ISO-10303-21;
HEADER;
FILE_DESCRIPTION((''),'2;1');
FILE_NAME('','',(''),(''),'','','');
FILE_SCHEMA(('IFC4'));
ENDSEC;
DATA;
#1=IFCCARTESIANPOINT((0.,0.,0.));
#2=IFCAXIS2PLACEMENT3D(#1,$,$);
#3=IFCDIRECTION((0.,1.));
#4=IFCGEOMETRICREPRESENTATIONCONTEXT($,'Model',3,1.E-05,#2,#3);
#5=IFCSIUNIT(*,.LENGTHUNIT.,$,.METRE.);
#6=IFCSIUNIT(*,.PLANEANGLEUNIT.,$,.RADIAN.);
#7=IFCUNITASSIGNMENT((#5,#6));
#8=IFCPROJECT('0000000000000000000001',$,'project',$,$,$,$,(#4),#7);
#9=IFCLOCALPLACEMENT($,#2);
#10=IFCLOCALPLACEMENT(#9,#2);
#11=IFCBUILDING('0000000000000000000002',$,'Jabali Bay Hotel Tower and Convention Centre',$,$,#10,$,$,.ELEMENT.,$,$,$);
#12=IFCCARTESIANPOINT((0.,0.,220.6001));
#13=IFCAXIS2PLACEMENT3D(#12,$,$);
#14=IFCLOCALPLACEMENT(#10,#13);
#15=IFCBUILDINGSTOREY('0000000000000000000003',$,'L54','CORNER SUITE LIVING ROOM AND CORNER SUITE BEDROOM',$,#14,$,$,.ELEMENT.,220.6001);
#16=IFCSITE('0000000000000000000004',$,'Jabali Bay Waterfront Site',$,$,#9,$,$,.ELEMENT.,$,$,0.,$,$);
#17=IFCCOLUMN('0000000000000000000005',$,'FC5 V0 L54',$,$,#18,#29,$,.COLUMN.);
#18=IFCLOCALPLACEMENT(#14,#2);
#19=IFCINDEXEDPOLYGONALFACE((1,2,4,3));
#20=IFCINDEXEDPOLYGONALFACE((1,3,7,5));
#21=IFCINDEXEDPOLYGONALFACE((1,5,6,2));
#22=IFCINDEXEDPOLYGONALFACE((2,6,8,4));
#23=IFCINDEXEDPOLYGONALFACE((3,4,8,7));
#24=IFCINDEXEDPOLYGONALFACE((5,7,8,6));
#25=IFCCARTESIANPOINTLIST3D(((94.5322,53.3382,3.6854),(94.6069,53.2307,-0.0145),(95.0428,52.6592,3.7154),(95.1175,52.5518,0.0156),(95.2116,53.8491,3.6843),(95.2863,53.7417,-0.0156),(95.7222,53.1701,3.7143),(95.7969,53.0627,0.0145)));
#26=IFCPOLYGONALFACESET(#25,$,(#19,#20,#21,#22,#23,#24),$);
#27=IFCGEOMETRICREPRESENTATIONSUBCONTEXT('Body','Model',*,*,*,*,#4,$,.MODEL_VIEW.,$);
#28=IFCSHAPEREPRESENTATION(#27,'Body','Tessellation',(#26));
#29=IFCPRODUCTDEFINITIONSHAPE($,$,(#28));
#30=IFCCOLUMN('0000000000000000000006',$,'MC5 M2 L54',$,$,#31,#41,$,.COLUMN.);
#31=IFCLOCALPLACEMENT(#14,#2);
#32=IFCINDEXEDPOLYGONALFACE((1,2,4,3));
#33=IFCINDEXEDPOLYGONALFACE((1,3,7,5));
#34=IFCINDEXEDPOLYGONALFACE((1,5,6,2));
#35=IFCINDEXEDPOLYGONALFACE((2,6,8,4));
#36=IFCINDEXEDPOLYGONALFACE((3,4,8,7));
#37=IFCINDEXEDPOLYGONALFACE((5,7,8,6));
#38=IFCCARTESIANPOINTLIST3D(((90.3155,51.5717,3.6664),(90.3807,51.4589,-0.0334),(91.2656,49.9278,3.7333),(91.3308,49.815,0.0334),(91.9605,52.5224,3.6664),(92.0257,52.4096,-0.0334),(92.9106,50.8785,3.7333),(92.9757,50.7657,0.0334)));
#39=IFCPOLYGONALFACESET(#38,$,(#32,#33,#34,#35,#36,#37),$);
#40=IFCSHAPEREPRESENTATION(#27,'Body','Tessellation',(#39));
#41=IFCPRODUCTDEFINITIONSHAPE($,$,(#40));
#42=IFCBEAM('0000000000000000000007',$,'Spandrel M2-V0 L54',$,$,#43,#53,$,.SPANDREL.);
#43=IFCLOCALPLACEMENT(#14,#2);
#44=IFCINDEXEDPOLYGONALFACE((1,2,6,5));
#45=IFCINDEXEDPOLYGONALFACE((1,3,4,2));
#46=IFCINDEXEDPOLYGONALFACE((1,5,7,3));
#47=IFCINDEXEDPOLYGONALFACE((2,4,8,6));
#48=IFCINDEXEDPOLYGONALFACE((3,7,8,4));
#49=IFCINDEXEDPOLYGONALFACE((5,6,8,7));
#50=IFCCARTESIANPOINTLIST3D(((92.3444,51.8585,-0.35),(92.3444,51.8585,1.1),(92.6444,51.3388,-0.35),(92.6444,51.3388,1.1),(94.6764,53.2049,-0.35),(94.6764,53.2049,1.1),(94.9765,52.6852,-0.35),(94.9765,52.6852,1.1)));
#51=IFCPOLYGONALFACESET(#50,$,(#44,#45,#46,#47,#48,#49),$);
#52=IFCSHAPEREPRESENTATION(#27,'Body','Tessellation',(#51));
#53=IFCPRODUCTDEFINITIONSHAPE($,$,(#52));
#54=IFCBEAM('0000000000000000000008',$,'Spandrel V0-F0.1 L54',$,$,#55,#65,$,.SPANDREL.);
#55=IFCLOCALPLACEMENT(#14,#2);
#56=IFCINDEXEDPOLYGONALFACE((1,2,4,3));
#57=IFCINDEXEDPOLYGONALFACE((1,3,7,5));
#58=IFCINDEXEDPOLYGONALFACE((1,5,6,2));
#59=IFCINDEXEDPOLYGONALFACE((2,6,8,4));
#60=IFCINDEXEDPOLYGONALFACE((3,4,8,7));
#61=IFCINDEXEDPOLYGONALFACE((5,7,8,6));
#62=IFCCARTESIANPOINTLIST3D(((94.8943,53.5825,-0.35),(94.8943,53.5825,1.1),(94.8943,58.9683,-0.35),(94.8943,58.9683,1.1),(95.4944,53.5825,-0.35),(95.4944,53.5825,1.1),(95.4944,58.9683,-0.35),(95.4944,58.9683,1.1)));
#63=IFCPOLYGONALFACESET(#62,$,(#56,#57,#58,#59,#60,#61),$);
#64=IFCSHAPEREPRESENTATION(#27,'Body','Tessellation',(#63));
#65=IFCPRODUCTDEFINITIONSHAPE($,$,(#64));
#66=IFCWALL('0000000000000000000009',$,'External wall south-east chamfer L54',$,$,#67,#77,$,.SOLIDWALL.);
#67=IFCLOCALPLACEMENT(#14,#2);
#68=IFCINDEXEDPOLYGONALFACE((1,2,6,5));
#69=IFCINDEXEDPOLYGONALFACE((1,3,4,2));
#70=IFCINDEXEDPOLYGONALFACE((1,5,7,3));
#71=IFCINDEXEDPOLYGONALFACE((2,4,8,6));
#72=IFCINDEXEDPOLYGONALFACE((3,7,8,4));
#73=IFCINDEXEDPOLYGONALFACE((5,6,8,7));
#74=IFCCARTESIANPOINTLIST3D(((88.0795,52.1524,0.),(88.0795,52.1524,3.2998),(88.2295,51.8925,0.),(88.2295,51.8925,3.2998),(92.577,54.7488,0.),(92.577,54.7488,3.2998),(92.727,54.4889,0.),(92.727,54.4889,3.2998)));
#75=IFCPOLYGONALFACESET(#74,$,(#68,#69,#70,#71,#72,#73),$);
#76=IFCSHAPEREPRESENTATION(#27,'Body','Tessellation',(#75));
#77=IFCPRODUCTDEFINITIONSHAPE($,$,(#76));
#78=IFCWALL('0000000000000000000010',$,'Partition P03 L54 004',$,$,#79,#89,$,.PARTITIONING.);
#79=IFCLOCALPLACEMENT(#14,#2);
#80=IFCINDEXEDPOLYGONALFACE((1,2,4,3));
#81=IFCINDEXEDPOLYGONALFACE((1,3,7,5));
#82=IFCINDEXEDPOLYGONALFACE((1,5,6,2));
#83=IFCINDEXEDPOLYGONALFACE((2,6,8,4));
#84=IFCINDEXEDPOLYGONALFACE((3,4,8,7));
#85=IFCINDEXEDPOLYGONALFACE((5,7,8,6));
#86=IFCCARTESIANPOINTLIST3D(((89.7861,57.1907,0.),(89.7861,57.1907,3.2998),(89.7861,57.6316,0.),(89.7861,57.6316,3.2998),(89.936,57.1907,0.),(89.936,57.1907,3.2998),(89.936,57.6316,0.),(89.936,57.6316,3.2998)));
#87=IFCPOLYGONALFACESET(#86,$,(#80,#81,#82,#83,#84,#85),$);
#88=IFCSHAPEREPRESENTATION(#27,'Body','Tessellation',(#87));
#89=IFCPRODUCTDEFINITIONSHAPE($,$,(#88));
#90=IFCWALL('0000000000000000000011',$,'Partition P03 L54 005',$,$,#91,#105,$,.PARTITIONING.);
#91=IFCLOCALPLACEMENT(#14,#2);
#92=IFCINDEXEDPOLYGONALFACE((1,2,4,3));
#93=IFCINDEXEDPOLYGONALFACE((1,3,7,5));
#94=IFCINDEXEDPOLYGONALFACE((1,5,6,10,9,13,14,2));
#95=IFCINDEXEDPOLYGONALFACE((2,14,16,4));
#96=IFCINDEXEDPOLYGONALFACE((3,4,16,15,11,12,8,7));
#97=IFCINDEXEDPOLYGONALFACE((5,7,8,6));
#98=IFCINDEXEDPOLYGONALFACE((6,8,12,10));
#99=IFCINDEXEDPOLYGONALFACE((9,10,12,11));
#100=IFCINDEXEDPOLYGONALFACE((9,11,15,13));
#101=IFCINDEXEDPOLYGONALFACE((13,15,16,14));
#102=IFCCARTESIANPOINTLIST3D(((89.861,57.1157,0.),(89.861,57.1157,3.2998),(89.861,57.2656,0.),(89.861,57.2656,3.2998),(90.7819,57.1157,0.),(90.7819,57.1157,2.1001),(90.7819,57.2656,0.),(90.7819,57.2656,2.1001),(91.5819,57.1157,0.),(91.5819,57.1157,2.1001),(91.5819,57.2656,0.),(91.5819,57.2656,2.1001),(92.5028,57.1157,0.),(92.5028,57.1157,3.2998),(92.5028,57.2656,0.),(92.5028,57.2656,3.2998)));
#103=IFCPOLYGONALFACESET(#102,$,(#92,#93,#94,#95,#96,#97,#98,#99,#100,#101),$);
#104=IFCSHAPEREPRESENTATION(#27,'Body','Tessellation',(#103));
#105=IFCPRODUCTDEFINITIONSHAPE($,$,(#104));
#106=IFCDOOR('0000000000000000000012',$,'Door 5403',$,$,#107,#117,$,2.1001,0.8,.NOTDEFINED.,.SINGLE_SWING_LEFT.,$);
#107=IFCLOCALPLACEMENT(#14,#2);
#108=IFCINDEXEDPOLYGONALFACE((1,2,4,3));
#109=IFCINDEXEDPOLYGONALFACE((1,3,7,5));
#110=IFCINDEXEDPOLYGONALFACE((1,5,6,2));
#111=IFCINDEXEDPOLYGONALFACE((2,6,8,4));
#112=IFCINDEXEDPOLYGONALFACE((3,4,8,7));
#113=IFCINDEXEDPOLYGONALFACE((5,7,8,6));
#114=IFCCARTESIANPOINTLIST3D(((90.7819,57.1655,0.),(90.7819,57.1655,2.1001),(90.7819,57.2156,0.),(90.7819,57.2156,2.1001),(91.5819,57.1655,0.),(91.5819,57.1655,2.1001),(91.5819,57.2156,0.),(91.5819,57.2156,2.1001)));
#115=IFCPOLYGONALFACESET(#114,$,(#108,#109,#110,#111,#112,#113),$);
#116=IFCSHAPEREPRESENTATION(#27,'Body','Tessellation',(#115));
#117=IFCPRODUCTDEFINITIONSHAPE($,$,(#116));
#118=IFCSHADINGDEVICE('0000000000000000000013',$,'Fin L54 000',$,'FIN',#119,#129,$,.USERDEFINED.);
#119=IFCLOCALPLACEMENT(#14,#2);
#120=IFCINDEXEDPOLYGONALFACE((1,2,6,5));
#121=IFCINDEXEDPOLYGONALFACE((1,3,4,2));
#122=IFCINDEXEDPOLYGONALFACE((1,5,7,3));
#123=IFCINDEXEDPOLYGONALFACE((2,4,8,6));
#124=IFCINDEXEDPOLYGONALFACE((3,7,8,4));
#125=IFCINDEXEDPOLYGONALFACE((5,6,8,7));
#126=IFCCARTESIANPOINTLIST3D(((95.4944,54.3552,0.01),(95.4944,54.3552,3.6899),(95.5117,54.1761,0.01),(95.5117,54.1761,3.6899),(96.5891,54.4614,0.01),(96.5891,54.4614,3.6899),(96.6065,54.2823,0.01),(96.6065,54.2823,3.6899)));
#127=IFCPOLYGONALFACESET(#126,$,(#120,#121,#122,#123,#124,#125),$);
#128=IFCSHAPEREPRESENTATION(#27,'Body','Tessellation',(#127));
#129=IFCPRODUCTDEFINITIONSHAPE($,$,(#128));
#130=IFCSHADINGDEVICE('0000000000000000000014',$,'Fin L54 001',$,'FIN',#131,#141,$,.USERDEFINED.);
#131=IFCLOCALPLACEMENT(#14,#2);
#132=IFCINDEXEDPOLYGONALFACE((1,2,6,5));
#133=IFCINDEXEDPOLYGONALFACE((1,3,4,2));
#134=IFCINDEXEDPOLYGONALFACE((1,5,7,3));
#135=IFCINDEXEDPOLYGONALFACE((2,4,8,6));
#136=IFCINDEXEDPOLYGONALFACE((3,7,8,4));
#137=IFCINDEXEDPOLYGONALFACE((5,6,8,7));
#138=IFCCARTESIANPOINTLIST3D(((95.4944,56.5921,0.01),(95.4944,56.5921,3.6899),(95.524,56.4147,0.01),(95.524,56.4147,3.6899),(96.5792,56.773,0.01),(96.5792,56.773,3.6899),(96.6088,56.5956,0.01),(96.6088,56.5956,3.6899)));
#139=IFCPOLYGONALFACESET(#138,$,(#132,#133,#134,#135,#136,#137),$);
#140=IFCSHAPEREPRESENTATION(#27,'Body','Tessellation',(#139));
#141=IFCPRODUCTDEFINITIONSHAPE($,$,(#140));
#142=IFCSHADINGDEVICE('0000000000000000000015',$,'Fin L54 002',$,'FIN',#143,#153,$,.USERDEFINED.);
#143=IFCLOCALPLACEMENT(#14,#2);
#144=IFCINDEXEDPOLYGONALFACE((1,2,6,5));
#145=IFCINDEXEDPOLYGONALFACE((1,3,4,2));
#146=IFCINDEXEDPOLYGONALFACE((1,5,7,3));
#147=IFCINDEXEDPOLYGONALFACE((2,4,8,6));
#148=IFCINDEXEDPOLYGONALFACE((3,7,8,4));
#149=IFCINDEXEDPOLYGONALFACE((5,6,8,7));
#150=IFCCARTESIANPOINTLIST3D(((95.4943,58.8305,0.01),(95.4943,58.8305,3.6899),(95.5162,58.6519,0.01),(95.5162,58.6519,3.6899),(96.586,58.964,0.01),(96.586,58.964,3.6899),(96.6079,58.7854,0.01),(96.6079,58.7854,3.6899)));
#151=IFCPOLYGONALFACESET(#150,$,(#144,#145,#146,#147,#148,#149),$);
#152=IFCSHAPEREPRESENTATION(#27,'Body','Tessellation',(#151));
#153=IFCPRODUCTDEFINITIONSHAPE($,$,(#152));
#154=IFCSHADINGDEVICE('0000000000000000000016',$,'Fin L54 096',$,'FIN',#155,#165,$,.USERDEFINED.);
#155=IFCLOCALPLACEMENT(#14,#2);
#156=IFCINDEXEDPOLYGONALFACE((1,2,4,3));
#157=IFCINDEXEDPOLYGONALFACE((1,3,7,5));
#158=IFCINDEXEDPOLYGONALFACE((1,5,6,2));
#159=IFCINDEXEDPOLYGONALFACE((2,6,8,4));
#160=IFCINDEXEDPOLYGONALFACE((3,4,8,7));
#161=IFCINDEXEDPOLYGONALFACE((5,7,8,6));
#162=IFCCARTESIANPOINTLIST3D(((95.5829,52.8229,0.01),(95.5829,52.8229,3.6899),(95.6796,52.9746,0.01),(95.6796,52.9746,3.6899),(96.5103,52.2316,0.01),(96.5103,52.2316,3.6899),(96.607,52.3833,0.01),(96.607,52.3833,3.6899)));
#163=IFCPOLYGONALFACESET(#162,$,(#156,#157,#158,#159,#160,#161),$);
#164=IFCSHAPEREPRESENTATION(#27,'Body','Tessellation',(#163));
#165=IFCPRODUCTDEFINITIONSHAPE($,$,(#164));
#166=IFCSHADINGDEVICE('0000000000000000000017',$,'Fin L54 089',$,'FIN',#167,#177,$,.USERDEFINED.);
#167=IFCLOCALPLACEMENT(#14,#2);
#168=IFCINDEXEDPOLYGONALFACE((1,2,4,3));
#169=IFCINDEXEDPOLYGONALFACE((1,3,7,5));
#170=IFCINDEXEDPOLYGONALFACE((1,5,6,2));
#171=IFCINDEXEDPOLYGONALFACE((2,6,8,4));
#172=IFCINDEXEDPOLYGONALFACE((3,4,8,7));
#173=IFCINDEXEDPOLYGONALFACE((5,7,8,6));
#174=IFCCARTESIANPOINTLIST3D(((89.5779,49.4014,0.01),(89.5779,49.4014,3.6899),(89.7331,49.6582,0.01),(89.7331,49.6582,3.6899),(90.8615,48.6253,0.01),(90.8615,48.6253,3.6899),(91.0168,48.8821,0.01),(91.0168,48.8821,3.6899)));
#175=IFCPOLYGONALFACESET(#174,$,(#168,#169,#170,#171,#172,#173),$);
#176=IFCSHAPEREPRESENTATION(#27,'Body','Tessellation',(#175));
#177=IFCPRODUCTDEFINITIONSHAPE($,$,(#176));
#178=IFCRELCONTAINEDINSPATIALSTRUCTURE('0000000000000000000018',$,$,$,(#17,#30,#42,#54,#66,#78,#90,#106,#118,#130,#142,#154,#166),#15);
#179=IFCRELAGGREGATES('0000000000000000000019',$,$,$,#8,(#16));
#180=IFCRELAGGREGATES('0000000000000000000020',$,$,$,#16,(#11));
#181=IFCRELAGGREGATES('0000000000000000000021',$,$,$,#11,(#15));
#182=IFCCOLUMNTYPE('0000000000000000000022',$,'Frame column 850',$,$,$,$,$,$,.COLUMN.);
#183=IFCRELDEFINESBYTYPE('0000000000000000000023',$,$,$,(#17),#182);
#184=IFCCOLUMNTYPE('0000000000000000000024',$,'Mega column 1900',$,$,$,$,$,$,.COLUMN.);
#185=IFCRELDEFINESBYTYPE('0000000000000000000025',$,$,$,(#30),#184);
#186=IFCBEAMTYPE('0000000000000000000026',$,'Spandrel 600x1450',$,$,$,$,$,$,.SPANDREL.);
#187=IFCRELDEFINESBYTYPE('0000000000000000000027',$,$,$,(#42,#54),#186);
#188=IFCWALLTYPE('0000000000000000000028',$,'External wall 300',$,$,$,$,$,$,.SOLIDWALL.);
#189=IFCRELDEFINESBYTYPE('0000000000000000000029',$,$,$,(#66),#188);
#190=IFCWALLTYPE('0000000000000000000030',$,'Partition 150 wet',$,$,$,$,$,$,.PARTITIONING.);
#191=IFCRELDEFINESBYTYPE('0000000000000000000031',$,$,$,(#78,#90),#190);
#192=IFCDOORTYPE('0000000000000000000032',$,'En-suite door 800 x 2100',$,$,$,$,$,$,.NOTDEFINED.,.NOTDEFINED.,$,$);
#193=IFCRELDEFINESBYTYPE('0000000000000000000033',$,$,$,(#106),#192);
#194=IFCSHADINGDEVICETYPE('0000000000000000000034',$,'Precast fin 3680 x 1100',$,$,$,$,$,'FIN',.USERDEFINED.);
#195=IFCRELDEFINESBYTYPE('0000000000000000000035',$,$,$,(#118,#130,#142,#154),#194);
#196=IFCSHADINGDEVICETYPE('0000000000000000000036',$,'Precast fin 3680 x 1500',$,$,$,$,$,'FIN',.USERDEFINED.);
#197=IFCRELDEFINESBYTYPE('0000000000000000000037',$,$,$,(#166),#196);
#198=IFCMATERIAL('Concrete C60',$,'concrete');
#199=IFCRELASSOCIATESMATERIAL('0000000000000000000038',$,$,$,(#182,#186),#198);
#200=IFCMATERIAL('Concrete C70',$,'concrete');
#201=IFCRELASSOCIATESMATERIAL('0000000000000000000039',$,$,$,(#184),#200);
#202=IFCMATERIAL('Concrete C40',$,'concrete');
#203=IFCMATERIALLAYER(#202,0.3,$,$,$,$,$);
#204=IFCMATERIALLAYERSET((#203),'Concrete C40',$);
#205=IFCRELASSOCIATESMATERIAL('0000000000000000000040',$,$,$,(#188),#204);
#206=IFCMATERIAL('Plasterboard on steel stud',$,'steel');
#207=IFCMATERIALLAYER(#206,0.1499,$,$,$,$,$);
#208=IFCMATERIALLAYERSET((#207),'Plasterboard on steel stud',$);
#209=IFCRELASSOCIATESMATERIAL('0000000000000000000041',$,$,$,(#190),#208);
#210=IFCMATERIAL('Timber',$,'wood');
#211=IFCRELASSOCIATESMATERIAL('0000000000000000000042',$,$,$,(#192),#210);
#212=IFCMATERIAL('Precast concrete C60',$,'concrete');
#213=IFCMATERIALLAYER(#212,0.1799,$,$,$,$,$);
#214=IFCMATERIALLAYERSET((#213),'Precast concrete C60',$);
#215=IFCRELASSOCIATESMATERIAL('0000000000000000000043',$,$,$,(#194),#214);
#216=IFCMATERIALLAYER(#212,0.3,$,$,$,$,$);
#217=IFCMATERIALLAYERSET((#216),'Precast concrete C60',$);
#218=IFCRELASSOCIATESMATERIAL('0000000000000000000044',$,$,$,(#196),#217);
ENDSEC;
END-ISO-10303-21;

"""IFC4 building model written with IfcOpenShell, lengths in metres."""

from ifc_helpers import new_model, si_unit, direction, frame, frame_2d, origin, origin_2d, place, context, subcontext, project, spatial, rectangle, extrude, material, layer, layer_set, material_profile, profile_set, type_object, element, fill, save


model = new_model("IFC4")

# Units and contexts
model_context = context("Model", 3, precision=1e-05, world=origin(), true_north=direction((0.0, 1.0)))
body_context = subcontext(model_context, "Body", "Model", "MODEL_VIEW")
ifc_project = project(units=[si_unit("LENGTHUNIT", "METRE"), si_unit("PLANEANGLEUNIT", "RADIAN")], contexts=[model_context])

# Site, building, storey
site_placement = place(None, origin())
site = spatial("IfcSite", under=ifc_project, at=site_placement, Name="Jabali Bay Waterfront Site", CompositionType="ELEMENT", RefElevation=0.0)
building_placement = place(site_placement, origin())
building = spatial("IfcBuilding", under=site, at=building_placement, Name="Jabali Bay Hotel Tower and Convention Centre", CompositionType="ELEMENT")
storey_placement = place(building_placement, frame((0.0, 0.0, 220.6001)))
storey = spatial("IfcBuildingStorey", under=building, at=storey_placement, Name="L54", Description="CORNER SUITE LIVING ROOM AND CORNER SUITE BEDROOM", CompositionType="ELEMENT", Elevation=220.6001)

# Columns
ifc_material_1 = material(Name="Concrete C60", Category="concrete")
ifc_material_profile_1 = material_profile(ifc_material_1, rectangle(XDim=0.8501, YDim=0.8501, at=origin_2d()), Name="Frame column 850")
ifc_profile_set_1 = profile_set([ifc_material_profile_1], Name="Concrete C60")
column_type_1 = type_object("IfcColumnType", Name="Frame column 850", PredefinedType="COLUMN", material=ifc_profile_set_1)
column_1_placement = place(storey_placement, frame((95.2019, 53.1467, 0.0), z_axis=(-0.020179, 0.029015, 0.999375), x_axis=(-0.799222, -0.601034, 0.001313)))
element("IfcColumn", 1, at=column_1_placement, inside=storey, type_object=column_type_1, Name="FC5 V0 L54", PredefinedType="COLUMN", context=body_context, shape_type="SweptSolid", body=[
    extrude(rectangle(XDim=0.8501, YDim=0.8501, at=origin_2d()), origin(), (0.0, 0.0, 1.0), 3.7021),
])
ifc_material_2 = material(Name="Concrete C70", Category="concrete")
ifc_material_profile_2 = material_profile(ifc_material_2, rectangle(XDim=1.8999, YDim=1.8999, at=origin_2d()), Name="Mega column 1900")
ifc_profile_set_2 = profile_set([ifc_material_profile_2], Name="Concrete C70")
column_type_2 = type_object("IfcColumnType", Name="Mega column 1900", PredefinedType="COLUMN", material=ifc_profile_set_2)
column_2_placement = place(storey_placement, frame((91.6782, 51.1123, 0.0), z_axis=(-0.017607, 0.030466, 0.999381), x_axis=(-0.865809, -0.500375, 0.0)))
element("IfcColumn", 2, at=column_2_placement, inside=storey, type_object=column_type_2, Name="MC5 M2 L54", PredefinedType="COLUMN", context=body_context, shape_type="SweptSolid", body=[
    extrude(rectangle(XDim=1.8999, YDim=1.8999, at=origin_2d()), origin(), (0.0, 0.0, 1.0), 3.7021),
])

# Beams
ifc_material_profile_3 = material_profile(ifc_material_1, rectangle(XDim=0.6001, YDim=1.45, at=origin_2d()), Name="Spandrel 600x1450")
ifc_profile_set_3 = profile_set([ifc_material_profile_3], Name="Concrete C60")
beam_type = type_object("IfcBeamType", Name="Spandrel 600x1450", PredefinedType="SPANDREL", material=ifc_profile_set_3)
beam_1_placement = place(storey_placement, frame((92.4944, 51.5986, 0.375), z_axis=(0.86602, 0.50001, 0.0), x_axis=(-0.50001, 0.86602, 0.0)))
element("IfcBeam", 3, at=beam_1_placement, inside=storey, type_object=beam_type, Name="Spandrel M2-V0 L54", PredefinedType="SPANDREL", context=body_context, shape_type="SweptSolid", body=[
    extrude(rectangle(XDim=0.6001, YDim=1.45, at=origin_2d()), origin(), (0.0, 0.0, 1.0), 2.6929),
])
beam_2_placement = place(storey_placement, frame((95.1943, 53.5825, 0.375), z_axis=(0.0, 1.0, 0.0), x_axis=(-1.0, 0.0, 0.0)))
element("IfcBeam", 4, at=beam_2_placement, inside=storey, type_object=beam_type, Name="Spandrel V0-F0.1 L54", PredefinedType="SPANDREL", context=body_context, shape_type="SweptSolid", body=[
    extrude(rectangle(XDim=0.6001, YDim=1.45, at=origin_2d()), origin(), (0.0, 0.0, 1.0), 5.3857),
])

# Walls
ifc_material_3 = material(Name="Concrete C40", Category="concrete")
ifc_layer_1 = layer(ifc_material_3, 0.3)
ifc_layer_set_1 = layer_set([ifc_layer_1], Name="Concrete C40")
wall_type_1 = type_object("IfcWallType", Name="External wall 300", PredefinedType="SOLIDWALL", material=ifc_layer_set_1)
wall_1_placement = place(storey_placement, frame((92.6521, 54.6189, 0.0), z_axis=(0.0, 0.0, 1.0), x_axis=(-0.866045, -0.499967, 0.0)))
element("IfcWall", 5, at=wall_1_placement, inside=storey, type_object=wall_type_1, Name="External wall south-east chamfer L54", PredefinedType="SOLIDWALL", context=body_context, shape_type="SweptSolid", body=[
    extrude(rectangle(XDim=5.1931, YDim=0.3, at=frame_2d((2.5967, 0.0))), origin(), (0.0, 0.0, 1.0), 3.2998),
])
ifc_material_4 = material(Name="Plasterboard on steel stud", Category="steel")
ifc_layer_2 = layer(ifc_material_4, 0.1499)
ifc_layer_set_2 = layer_set([ifc_layer_2], Name="Plasterboard on steel stud")
wall_type_2 = type_object("IfcWallType", Name="Partition 150 wet", PredefinedType="PARTITIONING", material=ifc_layer_set_2)
wall_2_placement = place(storey_placement, frame((89.8611, 57.6316, 0.0), z_axis=(0.0, 0.0, 1.0), x_axis=(0.0, -1.0, 0.0)))
element("IfcWall", 6, at=wall_2_placement, inside=storey, type_object=wall_type_2, Name="Partition P03 L54 004", PredefinedType="PARTITIONING", context=body_context, shape_type="SweptSolid", body=[
    extrude(rectangle(XDim=0.4409, YDim=0.1499, at=frame_2d((0.2205, 0.0))), origin(), (0.0, 0.0, 1.0), 3.2998),
])

# Wall, opening, door
wall_3_placement = place(storey_placement, frame((89.8611, 57.1907, 0.0), z_axis=(0.0, 0.0, 1.0), x_axis=(1.0, 0.0, 0.0)))
wall_3 = element("IfcWall", 7, at=wall_3_placement, inside=storey, type_object=wall_type_2, Name="Partition P03 L54 005", PredefinedType="PARTITIONING", context=body_context, shape_type="SweptSolid", body=[
    extrude(rectangle(XDim=2.6418, YDim=0.1499, at=frame_2d((1.3208, 0.0))), origin(), (0.0, 0.0, 1.0), 3.2998),
])
opening_placement = place(wall_3_placement, frame((0.9209, 0.0, 0.0)))
opening = element("IfcOpeningElement", 8, at=opening_placement, cuts=wall_3, PredefinedType="OPENING", context=body_context, shape_type="SweptSolid", body=[
    extrude(rectangle(XDim=0.8, YDim=2.1001, at=frame_2d((0.3999, 1.05))), frame((0.0, 0.0854, 0.0), z_axis=(0.0, -1.0, 0.0), x_axis=(1.0, 0.0, 0.0)), (0.0, 0.0, 1.0), 0.1709),
])
ifc_material_5 = material(Name="Timber", Category="wood")
door_type = type_object("IfcDoorType", Name="En-suite door 800 x 2100", OperationType="NOTDEFINED", PredefinedType="NOTDEFINED", material=ifc_material_5)
door_placement = place(opening_placement, origin())
door = element("IfcDoor", 9, at=door_placement, inside=storey, type_object=door_type, Name="Door 5403", OperationType="SINGLE_SWING_LEFT", OverallHeight=2.1001, OverallWidth=0.8, PredefinedType="NOTDEFINED", context=body_context, shape_type="SweptSolid", body=[
    extrude(rectangle(XDim=0.8, YDim=2.1001, at=frame_2d((0.3999, 1.05))), frame((0.0, 0.0249, 0.0), z_axis=(0.0, -1.0, 0.0), x_axis=(1.0, 0.0, 0.0)), (0.0, 0.0, 1.0), 0.05),
])
fill(opening, door)

# Shading devices
ifc_material_6 = material(Name="Precast concrete C60", Category="concrete")
ifc_layer_3 = layer(ifc_material_6, 0.1799)
ifc_layer_set_3 = layer_set([ifc_layer_3], Name="Precast concrete C60")
shading_device_type_1 = type_object("IfcShadingDeviceType", Name="Precast fin 3680 x 1100", ElementType="FIN", PredefinedType="USERDEFINED", material=ifc_layer_set_3)
for number, where, z_axis, x_axis, name in (
    (10, (95.5032, 54.2656, 0.01), (0.0, 0.0, 1.0), (0.995327, 0.096558, 0.0), "Fin L54 000"),
    (11, (95.5093, 56.5034, 0.01), (0.0, 0.0, 1.0), (0.986382, 0.164471, 0.0), "Fin L54 001"),
    (12, (95.5054, 58.7412, 0.01), (0.0, 0.0, 1.0), (0.992602, 0.121412, 0.0), "Fin L54 002"),
    (13, (95.6313, 52.8987, 0.01), (0.0, 0.0, 1.0), (0.843213, -0.537579, 0.0), "Fin L54 096"),
):
    element("IfcShadingDevice", number, at=place(storey_placement, frame(where, z_axis=z_axis, x_axis=x_axis)), inside=storey, type_object=shading_device_type_1, Name=name, ObjectType="FIN", PredefinedType="USERDEFINED", context=body_context, shape_type="SweptSolid", body=[
        extrude(rectangle(XDim=1.0999, YDim=0.1799, at=frame_2d((0.5498, 0.0))), origin(), (0.0, 0.0, 1.0), 3.6799),
    ])
ifc_layer_4 = layer(ifc_material_6, 0.3)
ifc_layer_set_4 = layer_set([ifc_layer_4], Name="Precast concrete C60")
shading_device_type_2 = type_object("IfcShadingDeviceType", Name="Precast fin 3680 x 1500", ElementType="FIN", PredefinedType="USERDEFINED", material=ifc_layer_set_4)
shading_device_1_placement = place(storey_placement, frame((89.6555, 49.5298, 0.01), z_axis=(0.0, 0.0, 1.0), x_axis=(0.85575, -0.517389, 0.0)))
element("IfcShadingDevice", 14, at=shading_device_1_placement, inside=storey, type_object=shading_device_type_2, Name="Fin L54 089", ObjectType="FIN", PredefinedType="USERDEFINED", context=body_context, shape_type="SweptSolid", body=[
    extrude(rectangle(XDim=1.5, YDim=0.3, at=frame_2d((0.75, 0.0))), origin(), (0.0, 0.0, 1.0), 3.6799),
])

save(model, "model.ifc")
